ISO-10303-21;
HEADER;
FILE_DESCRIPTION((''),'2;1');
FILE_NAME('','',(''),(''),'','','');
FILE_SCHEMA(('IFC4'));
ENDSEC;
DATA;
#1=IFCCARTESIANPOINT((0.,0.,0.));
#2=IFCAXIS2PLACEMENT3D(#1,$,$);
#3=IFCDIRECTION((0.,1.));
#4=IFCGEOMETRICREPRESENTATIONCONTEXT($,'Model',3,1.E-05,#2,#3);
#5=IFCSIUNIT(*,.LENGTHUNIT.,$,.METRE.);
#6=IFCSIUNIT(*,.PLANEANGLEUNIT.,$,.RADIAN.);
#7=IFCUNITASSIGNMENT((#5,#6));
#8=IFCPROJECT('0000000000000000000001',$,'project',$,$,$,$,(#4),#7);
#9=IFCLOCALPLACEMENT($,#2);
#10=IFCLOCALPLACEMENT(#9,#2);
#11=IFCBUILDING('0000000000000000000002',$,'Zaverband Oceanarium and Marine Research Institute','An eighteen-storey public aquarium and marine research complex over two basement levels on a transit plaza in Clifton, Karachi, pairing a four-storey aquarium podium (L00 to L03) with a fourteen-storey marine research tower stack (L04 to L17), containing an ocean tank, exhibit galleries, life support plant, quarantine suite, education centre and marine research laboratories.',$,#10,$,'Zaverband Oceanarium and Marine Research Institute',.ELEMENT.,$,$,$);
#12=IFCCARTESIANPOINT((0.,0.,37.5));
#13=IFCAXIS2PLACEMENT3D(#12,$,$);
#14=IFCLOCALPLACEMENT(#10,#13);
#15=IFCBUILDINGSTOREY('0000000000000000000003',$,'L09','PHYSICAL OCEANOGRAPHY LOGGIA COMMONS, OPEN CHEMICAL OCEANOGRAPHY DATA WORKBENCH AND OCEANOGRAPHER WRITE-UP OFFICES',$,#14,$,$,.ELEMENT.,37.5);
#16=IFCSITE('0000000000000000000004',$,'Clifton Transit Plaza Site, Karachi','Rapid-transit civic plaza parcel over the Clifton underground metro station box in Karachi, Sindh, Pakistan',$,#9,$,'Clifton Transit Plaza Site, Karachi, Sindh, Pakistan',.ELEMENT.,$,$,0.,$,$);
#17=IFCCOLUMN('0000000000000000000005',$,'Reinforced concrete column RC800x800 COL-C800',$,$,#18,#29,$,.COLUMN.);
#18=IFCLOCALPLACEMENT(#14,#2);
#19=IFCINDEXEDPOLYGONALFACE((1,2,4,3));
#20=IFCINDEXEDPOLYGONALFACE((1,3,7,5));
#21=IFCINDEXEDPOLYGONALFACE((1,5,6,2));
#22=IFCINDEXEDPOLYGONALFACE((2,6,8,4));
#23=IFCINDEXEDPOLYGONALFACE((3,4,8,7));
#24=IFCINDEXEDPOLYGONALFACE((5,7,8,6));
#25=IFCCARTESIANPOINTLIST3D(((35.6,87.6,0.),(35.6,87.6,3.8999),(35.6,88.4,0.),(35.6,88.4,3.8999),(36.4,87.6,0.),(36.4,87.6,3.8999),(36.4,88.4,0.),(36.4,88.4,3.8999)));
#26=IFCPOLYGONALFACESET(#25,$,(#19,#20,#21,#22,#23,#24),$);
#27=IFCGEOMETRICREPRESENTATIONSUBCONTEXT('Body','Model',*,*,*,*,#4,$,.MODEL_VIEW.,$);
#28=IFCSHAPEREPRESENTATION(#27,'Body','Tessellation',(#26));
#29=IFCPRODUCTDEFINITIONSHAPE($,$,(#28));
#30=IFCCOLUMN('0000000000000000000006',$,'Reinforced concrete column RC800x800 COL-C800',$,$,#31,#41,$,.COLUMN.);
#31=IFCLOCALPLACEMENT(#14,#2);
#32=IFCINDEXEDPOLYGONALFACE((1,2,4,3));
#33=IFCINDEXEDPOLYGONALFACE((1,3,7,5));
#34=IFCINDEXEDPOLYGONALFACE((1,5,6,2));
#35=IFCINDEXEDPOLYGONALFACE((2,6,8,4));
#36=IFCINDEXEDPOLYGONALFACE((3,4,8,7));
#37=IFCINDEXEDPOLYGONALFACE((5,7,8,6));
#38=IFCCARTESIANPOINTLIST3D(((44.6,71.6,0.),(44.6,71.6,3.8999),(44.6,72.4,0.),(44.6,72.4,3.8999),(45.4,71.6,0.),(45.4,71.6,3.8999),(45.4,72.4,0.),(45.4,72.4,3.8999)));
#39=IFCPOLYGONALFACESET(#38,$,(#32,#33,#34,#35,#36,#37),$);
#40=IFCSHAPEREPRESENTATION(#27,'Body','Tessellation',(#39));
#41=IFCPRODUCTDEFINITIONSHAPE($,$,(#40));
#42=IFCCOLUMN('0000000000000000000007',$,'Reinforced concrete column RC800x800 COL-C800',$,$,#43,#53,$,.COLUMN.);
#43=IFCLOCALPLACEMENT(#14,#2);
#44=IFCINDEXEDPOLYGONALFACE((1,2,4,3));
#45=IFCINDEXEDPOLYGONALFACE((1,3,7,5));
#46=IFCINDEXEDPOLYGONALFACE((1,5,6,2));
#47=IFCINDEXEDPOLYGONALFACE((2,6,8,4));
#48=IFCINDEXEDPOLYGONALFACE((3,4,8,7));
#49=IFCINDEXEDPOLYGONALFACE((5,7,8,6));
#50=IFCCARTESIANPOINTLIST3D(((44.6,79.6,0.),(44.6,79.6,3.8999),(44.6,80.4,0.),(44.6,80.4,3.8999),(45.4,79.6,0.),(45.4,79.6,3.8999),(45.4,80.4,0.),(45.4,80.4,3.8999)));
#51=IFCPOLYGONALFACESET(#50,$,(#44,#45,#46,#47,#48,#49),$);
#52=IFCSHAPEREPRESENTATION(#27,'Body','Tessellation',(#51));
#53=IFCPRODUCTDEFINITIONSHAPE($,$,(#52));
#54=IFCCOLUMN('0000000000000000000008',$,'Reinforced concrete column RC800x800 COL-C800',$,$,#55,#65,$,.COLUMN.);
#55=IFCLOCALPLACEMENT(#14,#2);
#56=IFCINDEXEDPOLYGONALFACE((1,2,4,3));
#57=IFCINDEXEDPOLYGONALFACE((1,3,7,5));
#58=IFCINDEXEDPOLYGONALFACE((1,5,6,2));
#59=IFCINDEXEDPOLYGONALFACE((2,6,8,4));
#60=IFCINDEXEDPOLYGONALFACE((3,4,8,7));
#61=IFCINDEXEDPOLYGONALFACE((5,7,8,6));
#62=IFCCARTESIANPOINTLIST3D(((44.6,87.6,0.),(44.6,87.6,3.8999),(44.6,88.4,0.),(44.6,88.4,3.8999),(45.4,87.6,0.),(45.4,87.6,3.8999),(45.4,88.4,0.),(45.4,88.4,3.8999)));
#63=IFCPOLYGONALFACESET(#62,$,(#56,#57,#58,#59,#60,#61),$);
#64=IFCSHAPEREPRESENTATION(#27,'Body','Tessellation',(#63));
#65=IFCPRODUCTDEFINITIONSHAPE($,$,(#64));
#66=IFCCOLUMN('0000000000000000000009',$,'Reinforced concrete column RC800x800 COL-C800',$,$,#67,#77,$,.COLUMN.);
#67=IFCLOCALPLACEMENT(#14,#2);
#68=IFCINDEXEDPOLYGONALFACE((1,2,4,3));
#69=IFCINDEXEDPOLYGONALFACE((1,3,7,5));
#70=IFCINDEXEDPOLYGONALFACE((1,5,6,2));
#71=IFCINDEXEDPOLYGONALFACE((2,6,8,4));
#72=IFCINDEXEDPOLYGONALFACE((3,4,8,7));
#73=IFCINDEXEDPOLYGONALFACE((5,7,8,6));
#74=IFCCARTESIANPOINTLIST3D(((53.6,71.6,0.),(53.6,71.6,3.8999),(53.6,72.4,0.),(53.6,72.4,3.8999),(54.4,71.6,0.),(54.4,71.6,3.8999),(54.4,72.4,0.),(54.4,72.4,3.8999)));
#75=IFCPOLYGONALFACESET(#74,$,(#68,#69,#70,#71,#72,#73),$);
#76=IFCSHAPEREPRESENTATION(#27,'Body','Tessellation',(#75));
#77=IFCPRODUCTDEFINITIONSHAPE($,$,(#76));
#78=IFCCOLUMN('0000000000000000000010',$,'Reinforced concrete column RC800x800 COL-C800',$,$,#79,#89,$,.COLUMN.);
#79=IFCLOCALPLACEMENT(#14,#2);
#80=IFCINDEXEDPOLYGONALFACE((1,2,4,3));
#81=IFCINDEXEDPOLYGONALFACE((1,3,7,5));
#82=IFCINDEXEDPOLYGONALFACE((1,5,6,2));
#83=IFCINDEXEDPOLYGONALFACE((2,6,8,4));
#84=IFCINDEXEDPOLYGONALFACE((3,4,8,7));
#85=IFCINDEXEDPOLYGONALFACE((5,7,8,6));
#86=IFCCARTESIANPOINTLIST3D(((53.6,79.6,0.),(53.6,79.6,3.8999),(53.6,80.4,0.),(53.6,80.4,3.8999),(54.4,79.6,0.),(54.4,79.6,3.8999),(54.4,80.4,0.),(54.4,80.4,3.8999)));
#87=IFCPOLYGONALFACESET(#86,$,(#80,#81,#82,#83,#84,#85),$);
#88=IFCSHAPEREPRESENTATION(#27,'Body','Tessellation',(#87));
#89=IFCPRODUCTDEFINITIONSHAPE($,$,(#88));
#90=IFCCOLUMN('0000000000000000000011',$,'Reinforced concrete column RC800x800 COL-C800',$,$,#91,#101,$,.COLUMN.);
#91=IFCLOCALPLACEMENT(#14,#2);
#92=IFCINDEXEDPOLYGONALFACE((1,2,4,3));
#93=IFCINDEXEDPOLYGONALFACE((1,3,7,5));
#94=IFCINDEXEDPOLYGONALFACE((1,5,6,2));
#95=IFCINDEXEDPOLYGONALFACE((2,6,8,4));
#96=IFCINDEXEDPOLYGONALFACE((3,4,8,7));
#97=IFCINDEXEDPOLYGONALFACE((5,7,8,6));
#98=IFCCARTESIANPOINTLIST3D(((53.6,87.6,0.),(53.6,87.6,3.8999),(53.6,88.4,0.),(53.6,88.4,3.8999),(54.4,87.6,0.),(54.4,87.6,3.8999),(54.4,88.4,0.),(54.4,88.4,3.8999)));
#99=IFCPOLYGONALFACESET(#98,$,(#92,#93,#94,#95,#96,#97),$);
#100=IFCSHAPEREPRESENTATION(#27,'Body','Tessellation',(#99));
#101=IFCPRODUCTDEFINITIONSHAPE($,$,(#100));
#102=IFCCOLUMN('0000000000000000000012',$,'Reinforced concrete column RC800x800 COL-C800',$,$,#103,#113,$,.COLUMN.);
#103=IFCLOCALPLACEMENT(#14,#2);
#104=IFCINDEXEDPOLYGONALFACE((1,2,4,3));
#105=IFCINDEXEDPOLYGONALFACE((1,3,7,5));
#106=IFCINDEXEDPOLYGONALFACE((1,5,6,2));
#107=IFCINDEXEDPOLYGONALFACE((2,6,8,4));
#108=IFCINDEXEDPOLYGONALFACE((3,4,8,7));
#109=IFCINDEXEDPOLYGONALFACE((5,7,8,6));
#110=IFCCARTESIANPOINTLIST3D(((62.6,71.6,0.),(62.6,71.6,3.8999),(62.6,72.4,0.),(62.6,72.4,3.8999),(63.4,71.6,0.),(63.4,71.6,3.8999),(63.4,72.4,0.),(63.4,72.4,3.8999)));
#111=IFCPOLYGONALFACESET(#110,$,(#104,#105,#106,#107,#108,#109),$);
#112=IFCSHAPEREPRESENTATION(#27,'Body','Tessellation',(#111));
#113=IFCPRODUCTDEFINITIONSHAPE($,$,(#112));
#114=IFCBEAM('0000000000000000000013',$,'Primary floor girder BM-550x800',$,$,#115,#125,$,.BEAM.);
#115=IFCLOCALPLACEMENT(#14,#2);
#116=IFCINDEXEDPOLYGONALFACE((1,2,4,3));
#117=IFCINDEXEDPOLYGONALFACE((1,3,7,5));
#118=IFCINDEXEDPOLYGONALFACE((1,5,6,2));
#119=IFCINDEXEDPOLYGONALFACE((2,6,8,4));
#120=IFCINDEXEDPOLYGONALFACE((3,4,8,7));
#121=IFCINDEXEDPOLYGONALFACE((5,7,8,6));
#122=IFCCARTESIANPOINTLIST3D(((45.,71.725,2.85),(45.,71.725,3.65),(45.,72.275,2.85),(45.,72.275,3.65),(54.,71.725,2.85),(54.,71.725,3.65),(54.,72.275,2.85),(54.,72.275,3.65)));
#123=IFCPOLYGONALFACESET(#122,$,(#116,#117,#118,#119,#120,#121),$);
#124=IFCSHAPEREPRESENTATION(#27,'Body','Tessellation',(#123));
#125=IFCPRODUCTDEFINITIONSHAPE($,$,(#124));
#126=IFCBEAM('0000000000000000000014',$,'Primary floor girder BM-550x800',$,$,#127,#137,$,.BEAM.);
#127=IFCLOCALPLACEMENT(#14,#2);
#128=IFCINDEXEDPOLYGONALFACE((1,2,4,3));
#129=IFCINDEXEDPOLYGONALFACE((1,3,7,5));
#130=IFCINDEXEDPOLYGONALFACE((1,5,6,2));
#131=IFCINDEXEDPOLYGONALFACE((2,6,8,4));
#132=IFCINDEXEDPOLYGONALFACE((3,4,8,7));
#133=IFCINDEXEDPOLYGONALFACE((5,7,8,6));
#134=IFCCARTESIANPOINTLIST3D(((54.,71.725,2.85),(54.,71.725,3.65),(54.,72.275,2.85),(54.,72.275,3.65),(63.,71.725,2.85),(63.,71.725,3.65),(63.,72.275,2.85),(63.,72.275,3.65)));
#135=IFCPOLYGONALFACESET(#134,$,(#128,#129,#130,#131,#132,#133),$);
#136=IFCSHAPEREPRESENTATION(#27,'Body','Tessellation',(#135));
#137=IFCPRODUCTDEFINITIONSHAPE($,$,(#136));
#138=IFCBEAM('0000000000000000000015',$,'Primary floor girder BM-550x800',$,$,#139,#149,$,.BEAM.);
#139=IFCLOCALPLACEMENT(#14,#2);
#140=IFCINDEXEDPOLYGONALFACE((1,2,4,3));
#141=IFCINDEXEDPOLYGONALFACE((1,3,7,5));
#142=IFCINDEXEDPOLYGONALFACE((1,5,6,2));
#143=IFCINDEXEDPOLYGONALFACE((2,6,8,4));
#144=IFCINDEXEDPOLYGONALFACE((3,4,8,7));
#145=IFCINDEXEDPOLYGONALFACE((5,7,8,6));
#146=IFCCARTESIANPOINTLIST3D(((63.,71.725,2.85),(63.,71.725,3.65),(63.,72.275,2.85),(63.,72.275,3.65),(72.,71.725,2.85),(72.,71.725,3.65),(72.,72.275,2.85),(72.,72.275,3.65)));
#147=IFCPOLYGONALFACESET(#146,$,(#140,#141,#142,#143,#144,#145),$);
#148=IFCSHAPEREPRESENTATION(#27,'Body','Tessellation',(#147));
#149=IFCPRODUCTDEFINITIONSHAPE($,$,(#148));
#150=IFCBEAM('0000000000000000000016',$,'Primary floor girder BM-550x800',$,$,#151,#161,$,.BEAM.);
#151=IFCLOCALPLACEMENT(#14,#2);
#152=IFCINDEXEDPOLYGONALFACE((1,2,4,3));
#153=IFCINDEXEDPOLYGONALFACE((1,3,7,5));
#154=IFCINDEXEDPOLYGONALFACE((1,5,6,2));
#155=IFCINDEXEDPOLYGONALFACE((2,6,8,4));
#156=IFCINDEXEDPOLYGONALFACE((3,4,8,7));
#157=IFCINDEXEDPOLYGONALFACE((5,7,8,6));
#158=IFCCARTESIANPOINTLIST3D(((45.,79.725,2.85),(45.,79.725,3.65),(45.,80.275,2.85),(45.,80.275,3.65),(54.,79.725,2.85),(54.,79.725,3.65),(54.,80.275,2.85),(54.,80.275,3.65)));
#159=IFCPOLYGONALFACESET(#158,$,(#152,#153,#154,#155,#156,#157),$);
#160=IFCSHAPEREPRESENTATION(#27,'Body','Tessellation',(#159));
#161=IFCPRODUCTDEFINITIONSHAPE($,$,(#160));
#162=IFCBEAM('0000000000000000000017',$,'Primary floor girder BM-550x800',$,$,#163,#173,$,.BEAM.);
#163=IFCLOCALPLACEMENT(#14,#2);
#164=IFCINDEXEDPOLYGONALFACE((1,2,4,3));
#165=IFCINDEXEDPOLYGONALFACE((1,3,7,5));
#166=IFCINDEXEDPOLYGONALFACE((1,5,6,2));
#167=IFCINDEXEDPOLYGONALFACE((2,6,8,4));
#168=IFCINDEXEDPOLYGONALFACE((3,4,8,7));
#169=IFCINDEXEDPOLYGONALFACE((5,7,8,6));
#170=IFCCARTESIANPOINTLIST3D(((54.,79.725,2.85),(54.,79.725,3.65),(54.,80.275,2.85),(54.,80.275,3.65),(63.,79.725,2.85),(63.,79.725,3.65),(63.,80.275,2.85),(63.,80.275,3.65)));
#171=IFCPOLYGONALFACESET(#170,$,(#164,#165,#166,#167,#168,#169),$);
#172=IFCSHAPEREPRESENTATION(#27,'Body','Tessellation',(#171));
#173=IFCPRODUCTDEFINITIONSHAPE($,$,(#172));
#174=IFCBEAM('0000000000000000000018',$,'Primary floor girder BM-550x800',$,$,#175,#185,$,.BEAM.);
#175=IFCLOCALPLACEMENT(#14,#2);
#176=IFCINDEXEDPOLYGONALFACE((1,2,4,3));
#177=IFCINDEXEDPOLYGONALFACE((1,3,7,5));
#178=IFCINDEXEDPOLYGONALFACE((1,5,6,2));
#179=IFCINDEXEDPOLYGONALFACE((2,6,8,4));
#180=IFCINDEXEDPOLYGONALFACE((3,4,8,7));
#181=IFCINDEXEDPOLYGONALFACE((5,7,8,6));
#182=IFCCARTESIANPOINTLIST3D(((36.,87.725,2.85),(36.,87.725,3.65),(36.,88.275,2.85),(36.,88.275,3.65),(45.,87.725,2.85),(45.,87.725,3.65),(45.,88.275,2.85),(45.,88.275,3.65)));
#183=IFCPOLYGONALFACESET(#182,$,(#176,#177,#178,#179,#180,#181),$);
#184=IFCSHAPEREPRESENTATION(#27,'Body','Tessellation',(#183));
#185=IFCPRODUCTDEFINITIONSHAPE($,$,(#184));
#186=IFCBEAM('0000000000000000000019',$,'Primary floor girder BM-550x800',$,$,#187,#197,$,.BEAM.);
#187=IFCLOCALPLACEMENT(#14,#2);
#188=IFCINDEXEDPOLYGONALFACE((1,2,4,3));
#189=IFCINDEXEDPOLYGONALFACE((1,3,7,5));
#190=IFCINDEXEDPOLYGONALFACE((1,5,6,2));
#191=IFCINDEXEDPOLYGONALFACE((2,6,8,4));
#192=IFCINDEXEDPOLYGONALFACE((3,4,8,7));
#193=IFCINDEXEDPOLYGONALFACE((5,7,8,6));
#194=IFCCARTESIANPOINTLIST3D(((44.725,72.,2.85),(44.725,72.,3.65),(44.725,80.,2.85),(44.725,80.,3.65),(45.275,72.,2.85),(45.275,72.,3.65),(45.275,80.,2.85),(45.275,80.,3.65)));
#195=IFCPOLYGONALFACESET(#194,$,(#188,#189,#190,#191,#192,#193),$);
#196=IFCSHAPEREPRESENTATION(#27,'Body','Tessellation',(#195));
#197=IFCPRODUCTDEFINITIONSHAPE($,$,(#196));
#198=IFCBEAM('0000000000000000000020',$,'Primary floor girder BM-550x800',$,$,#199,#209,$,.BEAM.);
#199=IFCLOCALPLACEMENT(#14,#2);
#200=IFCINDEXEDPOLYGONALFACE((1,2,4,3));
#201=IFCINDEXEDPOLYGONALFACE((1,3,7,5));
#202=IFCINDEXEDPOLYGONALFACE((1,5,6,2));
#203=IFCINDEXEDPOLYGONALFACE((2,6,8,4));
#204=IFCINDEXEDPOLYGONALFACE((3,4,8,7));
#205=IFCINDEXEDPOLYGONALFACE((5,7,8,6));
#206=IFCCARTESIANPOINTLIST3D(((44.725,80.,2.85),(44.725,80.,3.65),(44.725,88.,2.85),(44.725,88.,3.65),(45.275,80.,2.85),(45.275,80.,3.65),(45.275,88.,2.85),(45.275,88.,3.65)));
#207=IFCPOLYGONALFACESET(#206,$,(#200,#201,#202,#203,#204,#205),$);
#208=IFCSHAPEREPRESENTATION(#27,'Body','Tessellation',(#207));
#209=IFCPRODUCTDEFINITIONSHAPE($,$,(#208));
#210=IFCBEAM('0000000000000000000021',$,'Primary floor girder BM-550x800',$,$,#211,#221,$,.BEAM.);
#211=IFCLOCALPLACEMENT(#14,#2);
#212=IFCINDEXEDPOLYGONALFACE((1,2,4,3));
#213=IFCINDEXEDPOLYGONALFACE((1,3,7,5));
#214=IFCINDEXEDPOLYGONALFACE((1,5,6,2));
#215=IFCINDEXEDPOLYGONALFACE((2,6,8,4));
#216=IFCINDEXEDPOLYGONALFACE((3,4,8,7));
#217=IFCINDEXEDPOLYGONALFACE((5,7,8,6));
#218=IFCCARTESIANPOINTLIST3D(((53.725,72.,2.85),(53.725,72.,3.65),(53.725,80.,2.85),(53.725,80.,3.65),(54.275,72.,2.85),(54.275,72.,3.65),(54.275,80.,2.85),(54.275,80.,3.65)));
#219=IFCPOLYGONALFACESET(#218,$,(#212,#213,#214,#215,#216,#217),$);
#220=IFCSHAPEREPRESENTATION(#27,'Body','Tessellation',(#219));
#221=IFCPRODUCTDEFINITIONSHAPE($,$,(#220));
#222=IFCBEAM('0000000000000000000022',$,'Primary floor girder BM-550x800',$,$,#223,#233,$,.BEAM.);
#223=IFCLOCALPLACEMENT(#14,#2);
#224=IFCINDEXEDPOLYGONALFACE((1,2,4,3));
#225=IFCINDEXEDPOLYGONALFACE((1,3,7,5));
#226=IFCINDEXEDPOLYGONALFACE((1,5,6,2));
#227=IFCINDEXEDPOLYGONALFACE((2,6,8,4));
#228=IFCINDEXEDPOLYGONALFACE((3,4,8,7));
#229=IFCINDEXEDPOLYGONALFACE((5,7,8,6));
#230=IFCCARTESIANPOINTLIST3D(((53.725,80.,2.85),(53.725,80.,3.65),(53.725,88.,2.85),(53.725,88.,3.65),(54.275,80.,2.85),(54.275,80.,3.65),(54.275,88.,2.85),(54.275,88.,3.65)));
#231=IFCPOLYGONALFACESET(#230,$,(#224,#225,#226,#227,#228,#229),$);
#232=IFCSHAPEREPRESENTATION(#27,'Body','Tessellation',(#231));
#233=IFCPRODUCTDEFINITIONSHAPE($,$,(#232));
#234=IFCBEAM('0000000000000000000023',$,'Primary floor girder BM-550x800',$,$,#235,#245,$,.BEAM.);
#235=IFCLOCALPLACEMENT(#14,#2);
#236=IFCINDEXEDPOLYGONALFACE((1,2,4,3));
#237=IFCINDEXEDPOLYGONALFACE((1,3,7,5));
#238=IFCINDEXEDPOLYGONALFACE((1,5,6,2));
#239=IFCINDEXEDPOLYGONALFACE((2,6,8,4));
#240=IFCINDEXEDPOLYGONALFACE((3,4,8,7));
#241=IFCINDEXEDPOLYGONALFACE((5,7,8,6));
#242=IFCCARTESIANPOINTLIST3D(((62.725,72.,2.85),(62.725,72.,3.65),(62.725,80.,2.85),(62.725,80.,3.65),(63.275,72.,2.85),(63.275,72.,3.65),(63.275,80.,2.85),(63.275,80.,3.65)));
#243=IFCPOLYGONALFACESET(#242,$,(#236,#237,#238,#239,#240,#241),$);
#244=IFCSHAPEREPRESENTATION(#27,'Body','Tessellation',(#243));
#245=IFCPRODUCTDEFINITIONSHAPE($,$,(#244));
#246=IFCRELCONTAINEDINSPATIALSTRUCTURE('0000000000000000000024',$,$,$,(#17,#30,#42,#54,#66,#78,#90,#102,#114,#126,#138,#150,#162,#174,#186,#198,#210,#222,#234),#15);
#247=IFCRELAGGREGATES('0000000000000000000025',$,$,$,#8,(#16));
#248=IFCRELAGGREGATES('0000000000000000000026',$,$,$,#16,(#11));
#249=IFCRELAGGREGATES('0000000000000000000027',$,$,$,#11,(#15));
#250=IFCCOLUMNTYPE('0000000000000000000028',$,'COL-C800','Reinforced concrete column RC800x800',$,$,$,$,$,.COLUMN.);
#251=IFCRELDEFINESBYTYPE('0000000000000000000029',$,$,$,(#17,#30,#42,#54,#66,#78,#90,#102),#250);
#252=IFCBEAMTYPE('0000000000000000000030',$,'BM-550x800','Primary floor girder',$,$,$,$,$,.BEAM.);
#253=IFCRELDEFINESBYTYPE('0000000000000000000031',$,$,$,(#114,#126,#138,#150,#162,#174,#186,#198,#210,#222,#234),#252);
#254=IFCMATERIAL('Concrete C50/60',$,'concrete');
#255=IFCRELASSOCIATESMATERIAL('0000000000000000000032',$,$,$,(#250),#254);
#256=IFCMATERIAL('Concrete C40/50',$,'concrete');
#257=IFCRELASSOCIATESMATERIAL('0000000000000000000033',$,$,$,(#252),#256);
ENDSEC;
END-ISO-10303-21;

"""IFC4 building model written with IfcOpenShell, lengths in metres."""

from ifc_helpers import new_model, si_unit, direction, frame, origin, origin_2d, place, context, subcontext, project, spatial, rectangle, extrude, material, material_profile, profile_set, type_object, element, save


model = new_model("IFC4")

# Units and contexts
model_context = context("Model", 3, precision=1e-05, world=origin(), true_north=direction((0.0, 1.0)))
body_context = subcontext(model_context, "Body", "Model", "MODEL_VIEW")
ifc_project = project(units=[si_unit("LENGTHUNIT", "METRE"), si_unit("PLANEANGLEUNIT", "RADIAN")], contexts=[model_context])

# Site, building, storey
site_placement = place(None, origin())
site = spatial("IfcSite", under=ifc_project, at=site_placement, Name="Clifton Transit Plaza Site, Karachi", Description="Rapid-transit civic plaza parcel over the Clifton underground metro station box in Karachi, Sindh, Pakistan", LongName="Clifton Transit Plaza Site, Karachi, Sindh, Pakistan", CompositionType="ELEMENT", RefElevation=0.0)
building_placement = place(site_placement, origin())
building = spatial("IfcBuilding", under=site, at=building_placement, Name="Zaverband Oceanarium and Marine Research Institute", Description="An eighteen-storey public aquarium and marine research complex over two basement levels on a transit plaza in Clifton, Karachi, pairing a four-storey aquarium podium (L00 to L03) with a fourteen-storey marine research tower stack (L04 to L17), containing an ocean tank, exhibit galleries, life support plant, quarantine suite, education centre and marine research laboratories.", LongName="Zaverband Oceanarium and Marine Research Institute", CompositionType="ELEMENT")
storey_placement = place(building_placement, frame((0.0, 0.0, 37.5)))
storey = spatial("IfcBuildingStorey", under=building, at=storey_placement, Name="L09", Description="PHYSICAL OCEANOGRAPHY LOGGIA COMMONS, OPEN CHEMICAL OCEANOGRAPHY DATA WORKBENCH AND OCEANOGRAPHER WRITE-UP OFFICES", CompositionType="ELEMENT", Elevation=37.5)

# Columns
ifc_material_1 = material(Name="Concrete C50/60", Category="concrete")
ifc_material_profile_1 = material_profile(ifc_material_1, rectangle(XDim=0.8, YDim=0.8, at=origin_2d()), Name="RC800x800")
ifc_profile_set_1 = profile_set([ifc_material_profile_1], Name="Concrete C50/60")
column_type = type_object("IfcColumnType", Name="COL-C800", Description="Reinforced concrete column RC800x800", PredefinedType="COLUMN", material=ifc_profile_set_1)
for number, where, z_axis, x_axis, name in (
    (1, (36.0, 88.0, 0.0), (0.0, 0.0, 1.0), (1.0, 0.0, 0.0), "Reinforced concrete column RC800x800 COL-C800"),
    (2, (45.0, 72.0, 0.0), (0.0, 0.0, 1.0), (1.0, 0.0, 0.0), "Reinforced concrete column RC800x800 COL-C800"),
    (3, (45.0, 80.0, 0.0), (0.0, 0.0, 1.0), (1.0, 0.0, 0.0), "Reinforced concrete column RC800x800 COL-C800"),
    (4, (45.0, 88.0, 0.0), (0.0, 0.0, 1.0), (1.0, 0.0, 0.0), "Reinforced concrete column RC800x800 COL-C800"),
    (5, (54.0, 72.0, 0.0), (0.0, 0.0, 1.0), (1.0, 0.0, 0.0), "Reinforced concrete column RC800x800 COL-C800"),
    (6, (54.0, 80.0, 0.0), (0.0, 0.0, 1.0), (1.0, 0.0, 0.0), "Reinforced concrete column RC800x800 COL-C800"),
    (7, (54.0, 88.0, 0.0), (0.0, 0.0, 1.0), (1.0, 0.0, 0.0), "Reinforced concrete column RC800x800 COL-C800"),
    (8, (63.0, 72.0, 0.0), (0.0, 0.0, 1.0), (1.0, 0.0, 0.0), "Reinforced concrete column RC800x800 COL-C800"),
):
    element("IfcColumn", number, at=place(storey_placement, frame(where, z_axis=z_axis, x_axis=x_axis)), inside=storey, type_object=column_type, Name=name, PredefinedType="COLUMN", context=body_context, shape_type="SweptSolid", body=[
        extrude(rectangle(XDim=0.8, YDim=0.8, at=origin_2d()), origin(), (0.0, 0.0, 1.0), 3.8999),
    ])

# Beams
ifc_material_2 = material(Name="Concrete C40/50", Category="concrete")
ifc_material_profile_2 = material_profile(ifc_material_2, rectangle(XDim=0.55, YDim=0.8, at=origin_2d()), Name="RC550x800")
ifc_profile_set_2 = profile_set([ifc_material_profile_2], Name="Concrete C40/50")
beam_type_1 = type_object("IfcBeamType", Name="BM-550x800", Description="Primary floor girder", PredefinedType="BEAM", material=ifc_profile_set_2)
for number, where, z_axis, x_axis, name in (
    (9, (45.0, 72.0, 3.25), (1.0, 0.0, 0.0), (0.0, 1.0, 0.0), "Primary floor girder BM-550x800"),
    (10, (54.0, 72.0, 3.25), (1.0, 0.0, 0.0), (0.0, 1.0, 0.0), "Primary floor girder BM-550x800"),
    (11, (63.0, 72.0, 3.25), (1.0, 0.0, 0.0), (0.0, 1.0, 0.0), "Primary floor girder BM-550x800"),
    (12, (45.0, 80.0, 3.25), (1.0, 0.0, 0.0), (0.0, 1.0, 0.0), "Primary floor girder BM-550x800"),
    (13, (54.0, 80.0, 3.25), (1.0, 0.0, 0.0), (0.0, 1.0, 0.0), "Primary floor girder BM-550x800"),
    (14, (36.0, 88.0, 3.25), (1.0, 0.0, 0.0), (0.0, 1.0, 0.0), "Primary floor girder BM-550x800"),
):
    element("IfcBeam", number, at=place(storey_placement, frame(where, z_axis=z_axis, x_axis=x_axis)), inside=storey, type_object=beam_type_1, Name=name, PredefinedType="BEAM", context=body_context, shape_type="SweptSolid", body=[
        extrude(rectangle(XDim=0.55, YDim=0.8, at=origin_2d()), origin(), (0.0, 0.0, 1.0), 9.0),
    ])
for number, where, z_axis, x_axis, name in (
    (15, (45.0, 72.0, 3.25), (0.0, 1.0, 0.0), (-1.0, 0.0, 0.0), "Primary floor girder BM-550x800"),
    (16, (45.0, 80.0, 3.25), (0.0, 1.0, 0.0), (-1.0, 0.0, 0.0), "Primary floor girder BM-550x800"),
    (17, (54.0, 72.0, 3.25), (0.0, 1.0, 0.0), (-1.0, 0.0, 0.0), "Primary floor girder BM-550x800"),
    (18, (54.0, 80.0, 3.25), (0.0, 1.0, 0.0), (-1.0, 0.0, 0.0), "Primary floor girder BM-550x800"),
    (19, (63.0, 72.0, 3.25), (0.0, 1.0, 0.0), (-1.0, 0.0, 0.0), "Primary floor girder BM-550x800"),
):
    element("IfcBeam", number, at=place(storey_placement, frame(where, z_axis=z_axis, x_axis=x_axis)), inside=storey, type_object=beam_type_1, Name=name, PredefinedType="BEAM", context=body_context, shape_type="SweptSolid", body=[
        extrude(rectangle(XDim=0.55, YDim=0.8, at=origin_2d()), origin(), (0.0, 0.0, 1.0), 8.0),
    ])

save(model, "model.ifc")
